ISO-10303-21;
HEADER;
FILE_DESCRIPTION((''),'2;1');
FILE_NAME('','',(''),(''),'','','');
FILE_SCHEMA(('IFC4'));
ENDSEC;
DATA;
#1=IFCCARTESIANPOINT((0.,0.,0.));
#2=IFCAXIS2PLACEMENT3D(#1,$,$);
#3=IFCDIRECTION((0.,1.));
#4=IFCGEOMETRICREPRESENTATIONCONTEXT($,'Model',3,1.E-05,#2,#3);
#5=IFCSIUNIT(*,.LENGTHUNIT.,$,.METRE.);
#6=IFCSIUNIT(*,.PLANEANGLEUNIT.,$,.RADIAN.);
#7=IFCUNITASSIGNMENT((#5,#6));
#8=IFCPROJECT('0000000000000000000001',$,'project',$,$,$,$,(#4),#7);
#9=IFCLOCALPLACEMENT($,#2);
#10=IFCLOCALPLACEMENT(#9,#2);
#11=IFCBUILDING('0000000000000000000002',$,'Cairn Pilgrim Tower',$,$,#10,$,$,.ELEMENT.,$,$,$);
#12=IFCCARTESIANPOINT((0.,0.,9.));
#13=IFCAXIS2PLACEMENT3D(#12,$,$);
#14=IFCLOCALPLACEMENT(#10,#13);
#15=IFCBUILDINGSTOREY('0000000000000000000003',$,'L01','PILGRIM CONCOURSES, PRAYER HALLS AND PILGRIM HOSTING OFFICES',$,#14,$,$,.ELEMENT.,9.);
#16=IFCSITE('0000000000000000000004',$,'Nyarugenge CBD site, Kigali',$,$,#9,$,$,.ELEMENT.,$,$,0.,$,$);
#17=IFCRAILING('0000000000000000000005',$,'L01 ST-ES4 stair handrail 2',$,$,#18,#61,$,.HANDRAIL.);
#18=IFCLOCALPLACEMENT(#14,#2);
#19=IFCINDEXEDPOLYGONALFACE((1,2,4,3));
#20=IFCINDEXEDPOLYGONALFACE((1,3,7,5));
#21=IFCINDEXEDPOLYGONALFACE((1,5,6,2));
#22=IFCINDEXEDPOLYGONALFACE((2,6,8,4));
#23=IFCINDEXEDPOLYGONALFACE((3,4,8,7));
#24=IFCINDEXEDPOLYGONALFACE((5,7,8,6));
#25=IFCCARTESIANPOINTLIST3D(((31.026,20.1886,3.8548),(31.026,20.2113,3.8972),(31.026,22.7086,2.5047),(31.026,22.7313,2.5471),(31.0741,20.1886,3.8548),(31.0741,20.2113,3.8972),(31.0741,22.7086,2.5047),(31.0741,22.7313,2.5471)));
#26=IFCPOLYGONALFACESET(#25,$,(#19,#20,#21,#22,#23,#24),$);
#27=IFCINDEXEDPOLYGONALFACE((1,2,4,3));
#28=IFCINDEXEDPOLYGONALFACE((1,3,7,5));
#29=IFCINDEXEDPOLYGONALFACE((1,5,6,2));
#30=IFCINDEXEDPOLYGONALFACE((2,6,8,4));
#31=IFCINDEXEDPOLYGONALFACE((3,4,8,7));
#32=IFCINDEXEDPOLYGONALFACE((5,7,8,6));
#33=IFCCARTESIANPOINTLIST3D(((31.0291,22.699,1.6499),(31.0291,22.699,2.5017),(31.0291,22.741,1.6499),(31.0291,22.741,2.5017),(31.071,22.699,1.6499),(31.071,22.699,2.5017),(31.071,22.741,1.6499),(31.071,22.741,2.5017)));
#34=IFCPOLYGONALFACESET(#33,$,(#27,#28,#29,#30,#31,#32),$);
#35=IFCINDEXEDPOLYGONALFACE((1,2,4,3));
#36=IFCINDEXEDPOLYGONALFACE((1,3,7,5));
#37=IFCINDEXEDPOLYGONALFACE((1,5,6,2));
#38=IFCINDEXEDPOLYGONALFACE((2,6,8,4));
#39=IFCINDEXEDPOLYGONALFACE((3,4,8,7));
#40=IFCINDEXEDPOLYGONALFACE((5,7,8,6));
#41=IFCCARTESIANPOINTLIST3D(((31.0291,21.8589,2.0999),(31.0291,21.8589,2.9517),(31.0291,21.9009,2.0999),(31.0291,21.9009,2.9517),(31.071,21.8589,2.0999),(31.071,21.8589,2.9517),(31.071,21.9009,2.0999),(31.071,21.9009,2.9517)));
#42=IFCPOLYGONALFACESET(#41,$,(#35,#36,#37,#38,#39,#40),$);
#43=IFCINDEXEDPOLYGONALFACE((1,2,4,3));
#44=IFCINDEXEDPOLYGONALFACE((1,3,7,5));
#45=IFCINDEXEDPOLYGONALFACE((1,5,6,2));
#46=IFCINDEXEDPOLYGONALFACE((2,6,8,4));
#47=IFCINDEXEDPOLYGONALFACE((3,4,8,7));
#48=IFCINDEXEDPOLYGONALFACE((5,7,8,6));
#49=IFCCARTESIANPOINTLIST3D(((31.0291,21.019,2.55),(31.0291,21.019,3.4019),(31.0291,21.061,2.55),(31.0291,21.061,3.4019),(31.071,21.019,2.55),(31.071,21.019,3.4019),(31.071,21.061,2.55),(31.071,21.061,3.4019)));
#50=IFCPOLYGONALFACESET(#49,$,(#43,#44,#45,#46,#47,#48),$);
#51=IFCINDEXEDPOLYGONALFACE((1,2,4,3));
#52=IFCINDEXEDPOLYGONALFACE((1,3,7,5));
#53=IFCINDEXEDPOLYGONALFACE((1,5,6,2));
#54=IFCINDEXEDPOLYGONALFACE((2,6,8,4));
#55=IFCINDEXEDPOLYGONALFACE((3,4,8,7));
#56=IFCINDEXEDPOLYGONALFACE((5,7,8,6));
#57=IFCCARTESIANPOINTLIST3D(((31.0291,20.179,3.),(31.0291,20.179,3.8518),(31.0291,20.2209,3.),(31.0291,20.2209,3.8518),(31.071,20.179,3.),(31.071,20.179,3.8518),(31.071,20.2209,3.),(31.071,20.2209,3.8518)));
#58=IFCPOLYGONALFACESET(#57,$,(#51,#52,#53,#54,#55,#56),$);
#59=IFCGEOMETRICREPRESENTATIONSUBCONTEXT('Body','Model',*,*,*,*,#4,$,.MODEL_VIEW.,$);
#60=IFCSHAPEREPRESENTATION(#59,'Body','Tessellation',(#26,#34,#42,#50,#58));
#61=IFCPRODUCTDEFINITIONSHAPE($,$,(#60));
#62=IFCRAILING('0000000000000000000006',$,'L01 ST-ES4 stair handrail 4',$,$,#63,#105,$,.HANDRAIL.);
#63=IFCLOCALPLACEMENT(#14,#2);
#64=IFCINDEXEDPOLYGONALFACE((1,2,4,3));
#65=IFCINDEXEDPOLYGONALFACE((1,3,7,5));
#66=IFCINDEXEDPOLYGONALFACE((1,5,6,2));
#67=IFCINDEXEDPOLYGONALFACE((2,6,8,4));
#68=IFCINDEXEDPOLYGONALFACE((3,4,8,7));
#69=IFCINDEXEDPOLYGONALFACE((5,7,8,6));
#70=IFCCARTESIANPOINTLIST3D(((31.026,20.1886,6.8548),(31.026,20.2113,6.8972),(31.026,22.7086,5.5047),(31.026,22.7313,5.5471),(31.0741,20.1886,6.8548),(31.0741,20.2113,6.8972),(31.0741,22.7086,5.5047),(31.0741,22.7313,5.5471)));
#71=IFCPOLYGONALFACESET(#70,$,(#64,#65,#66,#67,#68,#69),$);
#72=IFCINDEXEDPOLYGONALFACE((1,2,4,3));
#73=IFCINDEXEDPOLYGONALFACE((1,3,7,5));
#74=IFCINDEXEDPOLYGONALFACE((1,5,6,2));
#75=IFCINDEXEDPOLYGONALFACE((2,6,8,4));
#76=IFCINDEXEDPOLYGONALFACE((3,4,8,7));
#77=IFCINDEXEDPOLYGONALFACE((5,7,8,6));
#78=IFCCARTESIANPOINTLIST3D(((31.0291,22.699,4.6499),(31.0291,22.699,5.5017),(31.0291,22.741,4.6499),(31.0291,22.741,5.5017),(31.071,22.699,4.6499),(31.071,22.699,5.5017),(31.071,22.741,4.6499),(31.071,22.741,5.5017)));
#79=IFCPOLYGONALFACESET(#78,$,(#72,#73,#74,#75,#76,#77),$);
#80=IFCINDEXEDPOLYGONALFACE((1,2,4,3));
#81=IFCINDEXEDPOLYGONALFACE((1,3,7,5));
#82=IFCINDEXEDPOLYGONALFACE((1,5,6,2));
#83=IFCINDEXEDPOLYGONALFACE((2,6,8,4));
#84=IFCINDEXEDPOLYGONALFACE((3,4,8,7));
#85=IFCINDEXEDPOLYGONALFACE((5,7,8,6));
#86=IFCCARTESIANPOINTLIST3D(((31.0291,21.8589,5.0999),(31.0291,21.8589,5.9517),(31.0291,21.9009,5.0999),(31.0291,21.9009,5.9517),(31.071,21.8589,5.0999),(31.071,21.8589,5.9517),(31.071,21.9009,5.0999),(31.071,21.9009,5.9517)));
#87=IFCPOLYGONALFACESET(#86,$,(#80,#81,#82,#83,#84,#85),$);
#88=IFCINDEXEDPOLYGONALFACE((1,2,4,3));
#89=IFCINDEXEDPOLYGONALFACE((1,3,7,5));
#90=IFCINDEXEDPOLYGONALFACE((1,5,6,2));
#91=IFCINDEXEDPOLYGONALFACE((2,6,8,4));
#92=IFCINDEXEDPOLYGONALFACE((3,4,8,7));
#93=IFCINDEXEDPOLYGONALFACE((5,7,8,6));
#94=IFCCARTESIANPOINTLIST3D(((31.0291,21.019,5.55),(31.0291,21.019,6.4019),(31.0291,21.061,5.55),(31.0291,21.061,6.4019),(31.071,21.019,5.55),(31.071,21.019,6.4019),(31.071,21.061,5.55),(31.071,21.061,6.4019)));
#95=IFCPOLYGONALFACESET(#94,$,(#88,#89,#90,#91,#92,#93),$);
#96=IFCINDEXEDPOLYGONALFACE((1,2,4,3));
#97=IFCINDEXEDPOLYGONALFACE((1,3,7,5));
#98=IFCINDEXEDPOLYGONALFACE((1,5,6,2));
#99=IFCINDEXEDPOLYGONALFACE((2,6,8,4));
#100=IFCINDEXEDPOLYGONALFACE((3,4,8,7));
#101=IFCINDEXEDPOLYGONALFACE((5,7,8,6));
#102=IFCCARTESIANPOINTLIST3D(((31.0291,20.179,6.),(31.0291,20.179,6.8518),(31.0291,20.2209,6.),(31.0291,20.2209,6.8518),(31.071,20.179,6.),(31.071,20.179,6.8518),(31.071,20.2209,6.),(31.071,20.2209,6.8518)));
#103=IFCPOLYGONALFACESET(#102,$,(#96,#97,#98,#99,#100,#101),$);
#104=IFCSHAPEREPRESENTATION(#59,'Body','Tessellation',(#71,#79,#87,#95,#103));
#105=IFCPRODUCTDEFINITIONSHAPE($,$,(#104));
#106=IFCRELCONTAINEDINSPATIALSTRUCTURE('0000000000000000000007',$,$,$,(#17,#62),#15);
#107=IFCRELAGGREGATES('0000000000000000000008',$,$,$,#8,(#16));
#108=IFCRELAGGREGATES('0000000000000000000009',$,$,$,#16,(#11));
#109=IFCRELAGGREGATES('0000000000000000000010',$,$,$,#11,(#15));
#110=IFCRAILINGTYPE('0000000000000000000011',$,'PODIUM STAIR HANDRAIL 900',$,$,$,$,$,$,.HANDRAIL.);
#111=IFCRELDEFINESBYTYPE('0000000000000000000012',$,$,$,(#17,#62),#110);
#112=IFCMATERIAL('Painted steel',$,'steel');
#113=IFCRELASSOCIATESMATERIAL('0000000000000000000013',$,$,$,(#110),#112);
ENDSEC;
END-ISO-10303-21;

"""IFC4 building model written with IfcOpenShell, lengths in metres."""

from ifc_helpers import new_model, si_unit, direction, frame, origin, origin_2d, place, context, subcontext, project, spatial, rectangle, extrude, material, type_object, element, save


model = new_model("IFC4")

# Units and contexts
model_context = context("Model", 3, precision=1e-05, world=origin(), true_north=direction((0.0, 1.0)))
body_context = subcontext(model_context, "Body", "Model", "MODEL_VIEW")
ifc_project = project(units=[si_unit("LENGTHUNIT", "METRE"), si_unit("PLANEANGLEUNIT", "RADIAN")], contexts=[model_context])

# Site, building, storey
site_placement = place(None, origin())
site = spatial("IfcSite", under=ifc_project, at=site_placement, Name="Nyarugenge CBD site, Kigali", CompositionType="ELEMENT", RefElevation=0.0)
building_placement = place(site_placement, origin())
building = spatial("IfcBuilding", under=site, at=building_placement, Name="Cairn Pilgrim Tower", CompositionType="ELEMENT")
storey_placement = place(building_placement, frame((0.0, 0.0, 9.0)))
storey = spatial("IfcBuildingStorey", under=building, at=storey_placement, Name="L01", Description="PILGRIM CONCOURSES, PRAYER HALLS AND PILGRIM HOSTING OFFICES", CompositionType="ELEMENT", Elevation=9.0)

# Railings
ifc_material_1 = material(Name="Painted steel", Category="steel")
railing_type = type_object("IfcRailingType", Name="PODIUM STAIR HANDRAIL 900", PredefinedType="HANDRAIL", material=ifc_material_1)
for number, where, name in (
    (1, (31.05, 22.72, 1.6499), "L01 ST-ES4 stair handrail 2"),
    (2, (31.05, 22.72, 4.6499), "L01 ST-ES4 stair handrail 4"),
):
    element("IfcRailing", number, at=place(storey_placement, frame(where)), inside=storey, type_object=railing_type, Name=name, PredefinedType="HANDRAIL", context=body_context, shape_type="SweptSolid", body=[
        extrude(rectangle(XDim=0.0481, YDim=0.0481, at=origin_2d()), frame((0.0, 0.0, 0.876), z_axis=(0.0, -0.881467, 0.472245), x_axis=(1.0, 0.0, 0.0)), (0.0, 0.0, 1.0), 2.8589),
        extrude(rectangle(XDim=0.042, YDim=0.042, at=origin_2d()), origin(), (0.0, 0.0, 1.0), 0.8518),
        extrude(rectangle(XDim=0.042, YDim=0.042, at=origin_2d()), frame((0.0, -0.8401, 0.45)), (0.0, 0.0, 1.0), 0.8518),
        extrude(rectangle(XDim=0.042, YDim=0.042, at=origin_2d()), frame((0.0, -1.6799, 0.9001)), (0.0, 0.0, 1.0), 0.8518),
        extrude(rectangle(XDim=0.042, YDim=0.042, at=origin_2d()), frame((0.0, -2.52, 1.3501)), (0.0, 0.0, 1.0), 0.8518),
    ])

save(model, "model.ifc")
